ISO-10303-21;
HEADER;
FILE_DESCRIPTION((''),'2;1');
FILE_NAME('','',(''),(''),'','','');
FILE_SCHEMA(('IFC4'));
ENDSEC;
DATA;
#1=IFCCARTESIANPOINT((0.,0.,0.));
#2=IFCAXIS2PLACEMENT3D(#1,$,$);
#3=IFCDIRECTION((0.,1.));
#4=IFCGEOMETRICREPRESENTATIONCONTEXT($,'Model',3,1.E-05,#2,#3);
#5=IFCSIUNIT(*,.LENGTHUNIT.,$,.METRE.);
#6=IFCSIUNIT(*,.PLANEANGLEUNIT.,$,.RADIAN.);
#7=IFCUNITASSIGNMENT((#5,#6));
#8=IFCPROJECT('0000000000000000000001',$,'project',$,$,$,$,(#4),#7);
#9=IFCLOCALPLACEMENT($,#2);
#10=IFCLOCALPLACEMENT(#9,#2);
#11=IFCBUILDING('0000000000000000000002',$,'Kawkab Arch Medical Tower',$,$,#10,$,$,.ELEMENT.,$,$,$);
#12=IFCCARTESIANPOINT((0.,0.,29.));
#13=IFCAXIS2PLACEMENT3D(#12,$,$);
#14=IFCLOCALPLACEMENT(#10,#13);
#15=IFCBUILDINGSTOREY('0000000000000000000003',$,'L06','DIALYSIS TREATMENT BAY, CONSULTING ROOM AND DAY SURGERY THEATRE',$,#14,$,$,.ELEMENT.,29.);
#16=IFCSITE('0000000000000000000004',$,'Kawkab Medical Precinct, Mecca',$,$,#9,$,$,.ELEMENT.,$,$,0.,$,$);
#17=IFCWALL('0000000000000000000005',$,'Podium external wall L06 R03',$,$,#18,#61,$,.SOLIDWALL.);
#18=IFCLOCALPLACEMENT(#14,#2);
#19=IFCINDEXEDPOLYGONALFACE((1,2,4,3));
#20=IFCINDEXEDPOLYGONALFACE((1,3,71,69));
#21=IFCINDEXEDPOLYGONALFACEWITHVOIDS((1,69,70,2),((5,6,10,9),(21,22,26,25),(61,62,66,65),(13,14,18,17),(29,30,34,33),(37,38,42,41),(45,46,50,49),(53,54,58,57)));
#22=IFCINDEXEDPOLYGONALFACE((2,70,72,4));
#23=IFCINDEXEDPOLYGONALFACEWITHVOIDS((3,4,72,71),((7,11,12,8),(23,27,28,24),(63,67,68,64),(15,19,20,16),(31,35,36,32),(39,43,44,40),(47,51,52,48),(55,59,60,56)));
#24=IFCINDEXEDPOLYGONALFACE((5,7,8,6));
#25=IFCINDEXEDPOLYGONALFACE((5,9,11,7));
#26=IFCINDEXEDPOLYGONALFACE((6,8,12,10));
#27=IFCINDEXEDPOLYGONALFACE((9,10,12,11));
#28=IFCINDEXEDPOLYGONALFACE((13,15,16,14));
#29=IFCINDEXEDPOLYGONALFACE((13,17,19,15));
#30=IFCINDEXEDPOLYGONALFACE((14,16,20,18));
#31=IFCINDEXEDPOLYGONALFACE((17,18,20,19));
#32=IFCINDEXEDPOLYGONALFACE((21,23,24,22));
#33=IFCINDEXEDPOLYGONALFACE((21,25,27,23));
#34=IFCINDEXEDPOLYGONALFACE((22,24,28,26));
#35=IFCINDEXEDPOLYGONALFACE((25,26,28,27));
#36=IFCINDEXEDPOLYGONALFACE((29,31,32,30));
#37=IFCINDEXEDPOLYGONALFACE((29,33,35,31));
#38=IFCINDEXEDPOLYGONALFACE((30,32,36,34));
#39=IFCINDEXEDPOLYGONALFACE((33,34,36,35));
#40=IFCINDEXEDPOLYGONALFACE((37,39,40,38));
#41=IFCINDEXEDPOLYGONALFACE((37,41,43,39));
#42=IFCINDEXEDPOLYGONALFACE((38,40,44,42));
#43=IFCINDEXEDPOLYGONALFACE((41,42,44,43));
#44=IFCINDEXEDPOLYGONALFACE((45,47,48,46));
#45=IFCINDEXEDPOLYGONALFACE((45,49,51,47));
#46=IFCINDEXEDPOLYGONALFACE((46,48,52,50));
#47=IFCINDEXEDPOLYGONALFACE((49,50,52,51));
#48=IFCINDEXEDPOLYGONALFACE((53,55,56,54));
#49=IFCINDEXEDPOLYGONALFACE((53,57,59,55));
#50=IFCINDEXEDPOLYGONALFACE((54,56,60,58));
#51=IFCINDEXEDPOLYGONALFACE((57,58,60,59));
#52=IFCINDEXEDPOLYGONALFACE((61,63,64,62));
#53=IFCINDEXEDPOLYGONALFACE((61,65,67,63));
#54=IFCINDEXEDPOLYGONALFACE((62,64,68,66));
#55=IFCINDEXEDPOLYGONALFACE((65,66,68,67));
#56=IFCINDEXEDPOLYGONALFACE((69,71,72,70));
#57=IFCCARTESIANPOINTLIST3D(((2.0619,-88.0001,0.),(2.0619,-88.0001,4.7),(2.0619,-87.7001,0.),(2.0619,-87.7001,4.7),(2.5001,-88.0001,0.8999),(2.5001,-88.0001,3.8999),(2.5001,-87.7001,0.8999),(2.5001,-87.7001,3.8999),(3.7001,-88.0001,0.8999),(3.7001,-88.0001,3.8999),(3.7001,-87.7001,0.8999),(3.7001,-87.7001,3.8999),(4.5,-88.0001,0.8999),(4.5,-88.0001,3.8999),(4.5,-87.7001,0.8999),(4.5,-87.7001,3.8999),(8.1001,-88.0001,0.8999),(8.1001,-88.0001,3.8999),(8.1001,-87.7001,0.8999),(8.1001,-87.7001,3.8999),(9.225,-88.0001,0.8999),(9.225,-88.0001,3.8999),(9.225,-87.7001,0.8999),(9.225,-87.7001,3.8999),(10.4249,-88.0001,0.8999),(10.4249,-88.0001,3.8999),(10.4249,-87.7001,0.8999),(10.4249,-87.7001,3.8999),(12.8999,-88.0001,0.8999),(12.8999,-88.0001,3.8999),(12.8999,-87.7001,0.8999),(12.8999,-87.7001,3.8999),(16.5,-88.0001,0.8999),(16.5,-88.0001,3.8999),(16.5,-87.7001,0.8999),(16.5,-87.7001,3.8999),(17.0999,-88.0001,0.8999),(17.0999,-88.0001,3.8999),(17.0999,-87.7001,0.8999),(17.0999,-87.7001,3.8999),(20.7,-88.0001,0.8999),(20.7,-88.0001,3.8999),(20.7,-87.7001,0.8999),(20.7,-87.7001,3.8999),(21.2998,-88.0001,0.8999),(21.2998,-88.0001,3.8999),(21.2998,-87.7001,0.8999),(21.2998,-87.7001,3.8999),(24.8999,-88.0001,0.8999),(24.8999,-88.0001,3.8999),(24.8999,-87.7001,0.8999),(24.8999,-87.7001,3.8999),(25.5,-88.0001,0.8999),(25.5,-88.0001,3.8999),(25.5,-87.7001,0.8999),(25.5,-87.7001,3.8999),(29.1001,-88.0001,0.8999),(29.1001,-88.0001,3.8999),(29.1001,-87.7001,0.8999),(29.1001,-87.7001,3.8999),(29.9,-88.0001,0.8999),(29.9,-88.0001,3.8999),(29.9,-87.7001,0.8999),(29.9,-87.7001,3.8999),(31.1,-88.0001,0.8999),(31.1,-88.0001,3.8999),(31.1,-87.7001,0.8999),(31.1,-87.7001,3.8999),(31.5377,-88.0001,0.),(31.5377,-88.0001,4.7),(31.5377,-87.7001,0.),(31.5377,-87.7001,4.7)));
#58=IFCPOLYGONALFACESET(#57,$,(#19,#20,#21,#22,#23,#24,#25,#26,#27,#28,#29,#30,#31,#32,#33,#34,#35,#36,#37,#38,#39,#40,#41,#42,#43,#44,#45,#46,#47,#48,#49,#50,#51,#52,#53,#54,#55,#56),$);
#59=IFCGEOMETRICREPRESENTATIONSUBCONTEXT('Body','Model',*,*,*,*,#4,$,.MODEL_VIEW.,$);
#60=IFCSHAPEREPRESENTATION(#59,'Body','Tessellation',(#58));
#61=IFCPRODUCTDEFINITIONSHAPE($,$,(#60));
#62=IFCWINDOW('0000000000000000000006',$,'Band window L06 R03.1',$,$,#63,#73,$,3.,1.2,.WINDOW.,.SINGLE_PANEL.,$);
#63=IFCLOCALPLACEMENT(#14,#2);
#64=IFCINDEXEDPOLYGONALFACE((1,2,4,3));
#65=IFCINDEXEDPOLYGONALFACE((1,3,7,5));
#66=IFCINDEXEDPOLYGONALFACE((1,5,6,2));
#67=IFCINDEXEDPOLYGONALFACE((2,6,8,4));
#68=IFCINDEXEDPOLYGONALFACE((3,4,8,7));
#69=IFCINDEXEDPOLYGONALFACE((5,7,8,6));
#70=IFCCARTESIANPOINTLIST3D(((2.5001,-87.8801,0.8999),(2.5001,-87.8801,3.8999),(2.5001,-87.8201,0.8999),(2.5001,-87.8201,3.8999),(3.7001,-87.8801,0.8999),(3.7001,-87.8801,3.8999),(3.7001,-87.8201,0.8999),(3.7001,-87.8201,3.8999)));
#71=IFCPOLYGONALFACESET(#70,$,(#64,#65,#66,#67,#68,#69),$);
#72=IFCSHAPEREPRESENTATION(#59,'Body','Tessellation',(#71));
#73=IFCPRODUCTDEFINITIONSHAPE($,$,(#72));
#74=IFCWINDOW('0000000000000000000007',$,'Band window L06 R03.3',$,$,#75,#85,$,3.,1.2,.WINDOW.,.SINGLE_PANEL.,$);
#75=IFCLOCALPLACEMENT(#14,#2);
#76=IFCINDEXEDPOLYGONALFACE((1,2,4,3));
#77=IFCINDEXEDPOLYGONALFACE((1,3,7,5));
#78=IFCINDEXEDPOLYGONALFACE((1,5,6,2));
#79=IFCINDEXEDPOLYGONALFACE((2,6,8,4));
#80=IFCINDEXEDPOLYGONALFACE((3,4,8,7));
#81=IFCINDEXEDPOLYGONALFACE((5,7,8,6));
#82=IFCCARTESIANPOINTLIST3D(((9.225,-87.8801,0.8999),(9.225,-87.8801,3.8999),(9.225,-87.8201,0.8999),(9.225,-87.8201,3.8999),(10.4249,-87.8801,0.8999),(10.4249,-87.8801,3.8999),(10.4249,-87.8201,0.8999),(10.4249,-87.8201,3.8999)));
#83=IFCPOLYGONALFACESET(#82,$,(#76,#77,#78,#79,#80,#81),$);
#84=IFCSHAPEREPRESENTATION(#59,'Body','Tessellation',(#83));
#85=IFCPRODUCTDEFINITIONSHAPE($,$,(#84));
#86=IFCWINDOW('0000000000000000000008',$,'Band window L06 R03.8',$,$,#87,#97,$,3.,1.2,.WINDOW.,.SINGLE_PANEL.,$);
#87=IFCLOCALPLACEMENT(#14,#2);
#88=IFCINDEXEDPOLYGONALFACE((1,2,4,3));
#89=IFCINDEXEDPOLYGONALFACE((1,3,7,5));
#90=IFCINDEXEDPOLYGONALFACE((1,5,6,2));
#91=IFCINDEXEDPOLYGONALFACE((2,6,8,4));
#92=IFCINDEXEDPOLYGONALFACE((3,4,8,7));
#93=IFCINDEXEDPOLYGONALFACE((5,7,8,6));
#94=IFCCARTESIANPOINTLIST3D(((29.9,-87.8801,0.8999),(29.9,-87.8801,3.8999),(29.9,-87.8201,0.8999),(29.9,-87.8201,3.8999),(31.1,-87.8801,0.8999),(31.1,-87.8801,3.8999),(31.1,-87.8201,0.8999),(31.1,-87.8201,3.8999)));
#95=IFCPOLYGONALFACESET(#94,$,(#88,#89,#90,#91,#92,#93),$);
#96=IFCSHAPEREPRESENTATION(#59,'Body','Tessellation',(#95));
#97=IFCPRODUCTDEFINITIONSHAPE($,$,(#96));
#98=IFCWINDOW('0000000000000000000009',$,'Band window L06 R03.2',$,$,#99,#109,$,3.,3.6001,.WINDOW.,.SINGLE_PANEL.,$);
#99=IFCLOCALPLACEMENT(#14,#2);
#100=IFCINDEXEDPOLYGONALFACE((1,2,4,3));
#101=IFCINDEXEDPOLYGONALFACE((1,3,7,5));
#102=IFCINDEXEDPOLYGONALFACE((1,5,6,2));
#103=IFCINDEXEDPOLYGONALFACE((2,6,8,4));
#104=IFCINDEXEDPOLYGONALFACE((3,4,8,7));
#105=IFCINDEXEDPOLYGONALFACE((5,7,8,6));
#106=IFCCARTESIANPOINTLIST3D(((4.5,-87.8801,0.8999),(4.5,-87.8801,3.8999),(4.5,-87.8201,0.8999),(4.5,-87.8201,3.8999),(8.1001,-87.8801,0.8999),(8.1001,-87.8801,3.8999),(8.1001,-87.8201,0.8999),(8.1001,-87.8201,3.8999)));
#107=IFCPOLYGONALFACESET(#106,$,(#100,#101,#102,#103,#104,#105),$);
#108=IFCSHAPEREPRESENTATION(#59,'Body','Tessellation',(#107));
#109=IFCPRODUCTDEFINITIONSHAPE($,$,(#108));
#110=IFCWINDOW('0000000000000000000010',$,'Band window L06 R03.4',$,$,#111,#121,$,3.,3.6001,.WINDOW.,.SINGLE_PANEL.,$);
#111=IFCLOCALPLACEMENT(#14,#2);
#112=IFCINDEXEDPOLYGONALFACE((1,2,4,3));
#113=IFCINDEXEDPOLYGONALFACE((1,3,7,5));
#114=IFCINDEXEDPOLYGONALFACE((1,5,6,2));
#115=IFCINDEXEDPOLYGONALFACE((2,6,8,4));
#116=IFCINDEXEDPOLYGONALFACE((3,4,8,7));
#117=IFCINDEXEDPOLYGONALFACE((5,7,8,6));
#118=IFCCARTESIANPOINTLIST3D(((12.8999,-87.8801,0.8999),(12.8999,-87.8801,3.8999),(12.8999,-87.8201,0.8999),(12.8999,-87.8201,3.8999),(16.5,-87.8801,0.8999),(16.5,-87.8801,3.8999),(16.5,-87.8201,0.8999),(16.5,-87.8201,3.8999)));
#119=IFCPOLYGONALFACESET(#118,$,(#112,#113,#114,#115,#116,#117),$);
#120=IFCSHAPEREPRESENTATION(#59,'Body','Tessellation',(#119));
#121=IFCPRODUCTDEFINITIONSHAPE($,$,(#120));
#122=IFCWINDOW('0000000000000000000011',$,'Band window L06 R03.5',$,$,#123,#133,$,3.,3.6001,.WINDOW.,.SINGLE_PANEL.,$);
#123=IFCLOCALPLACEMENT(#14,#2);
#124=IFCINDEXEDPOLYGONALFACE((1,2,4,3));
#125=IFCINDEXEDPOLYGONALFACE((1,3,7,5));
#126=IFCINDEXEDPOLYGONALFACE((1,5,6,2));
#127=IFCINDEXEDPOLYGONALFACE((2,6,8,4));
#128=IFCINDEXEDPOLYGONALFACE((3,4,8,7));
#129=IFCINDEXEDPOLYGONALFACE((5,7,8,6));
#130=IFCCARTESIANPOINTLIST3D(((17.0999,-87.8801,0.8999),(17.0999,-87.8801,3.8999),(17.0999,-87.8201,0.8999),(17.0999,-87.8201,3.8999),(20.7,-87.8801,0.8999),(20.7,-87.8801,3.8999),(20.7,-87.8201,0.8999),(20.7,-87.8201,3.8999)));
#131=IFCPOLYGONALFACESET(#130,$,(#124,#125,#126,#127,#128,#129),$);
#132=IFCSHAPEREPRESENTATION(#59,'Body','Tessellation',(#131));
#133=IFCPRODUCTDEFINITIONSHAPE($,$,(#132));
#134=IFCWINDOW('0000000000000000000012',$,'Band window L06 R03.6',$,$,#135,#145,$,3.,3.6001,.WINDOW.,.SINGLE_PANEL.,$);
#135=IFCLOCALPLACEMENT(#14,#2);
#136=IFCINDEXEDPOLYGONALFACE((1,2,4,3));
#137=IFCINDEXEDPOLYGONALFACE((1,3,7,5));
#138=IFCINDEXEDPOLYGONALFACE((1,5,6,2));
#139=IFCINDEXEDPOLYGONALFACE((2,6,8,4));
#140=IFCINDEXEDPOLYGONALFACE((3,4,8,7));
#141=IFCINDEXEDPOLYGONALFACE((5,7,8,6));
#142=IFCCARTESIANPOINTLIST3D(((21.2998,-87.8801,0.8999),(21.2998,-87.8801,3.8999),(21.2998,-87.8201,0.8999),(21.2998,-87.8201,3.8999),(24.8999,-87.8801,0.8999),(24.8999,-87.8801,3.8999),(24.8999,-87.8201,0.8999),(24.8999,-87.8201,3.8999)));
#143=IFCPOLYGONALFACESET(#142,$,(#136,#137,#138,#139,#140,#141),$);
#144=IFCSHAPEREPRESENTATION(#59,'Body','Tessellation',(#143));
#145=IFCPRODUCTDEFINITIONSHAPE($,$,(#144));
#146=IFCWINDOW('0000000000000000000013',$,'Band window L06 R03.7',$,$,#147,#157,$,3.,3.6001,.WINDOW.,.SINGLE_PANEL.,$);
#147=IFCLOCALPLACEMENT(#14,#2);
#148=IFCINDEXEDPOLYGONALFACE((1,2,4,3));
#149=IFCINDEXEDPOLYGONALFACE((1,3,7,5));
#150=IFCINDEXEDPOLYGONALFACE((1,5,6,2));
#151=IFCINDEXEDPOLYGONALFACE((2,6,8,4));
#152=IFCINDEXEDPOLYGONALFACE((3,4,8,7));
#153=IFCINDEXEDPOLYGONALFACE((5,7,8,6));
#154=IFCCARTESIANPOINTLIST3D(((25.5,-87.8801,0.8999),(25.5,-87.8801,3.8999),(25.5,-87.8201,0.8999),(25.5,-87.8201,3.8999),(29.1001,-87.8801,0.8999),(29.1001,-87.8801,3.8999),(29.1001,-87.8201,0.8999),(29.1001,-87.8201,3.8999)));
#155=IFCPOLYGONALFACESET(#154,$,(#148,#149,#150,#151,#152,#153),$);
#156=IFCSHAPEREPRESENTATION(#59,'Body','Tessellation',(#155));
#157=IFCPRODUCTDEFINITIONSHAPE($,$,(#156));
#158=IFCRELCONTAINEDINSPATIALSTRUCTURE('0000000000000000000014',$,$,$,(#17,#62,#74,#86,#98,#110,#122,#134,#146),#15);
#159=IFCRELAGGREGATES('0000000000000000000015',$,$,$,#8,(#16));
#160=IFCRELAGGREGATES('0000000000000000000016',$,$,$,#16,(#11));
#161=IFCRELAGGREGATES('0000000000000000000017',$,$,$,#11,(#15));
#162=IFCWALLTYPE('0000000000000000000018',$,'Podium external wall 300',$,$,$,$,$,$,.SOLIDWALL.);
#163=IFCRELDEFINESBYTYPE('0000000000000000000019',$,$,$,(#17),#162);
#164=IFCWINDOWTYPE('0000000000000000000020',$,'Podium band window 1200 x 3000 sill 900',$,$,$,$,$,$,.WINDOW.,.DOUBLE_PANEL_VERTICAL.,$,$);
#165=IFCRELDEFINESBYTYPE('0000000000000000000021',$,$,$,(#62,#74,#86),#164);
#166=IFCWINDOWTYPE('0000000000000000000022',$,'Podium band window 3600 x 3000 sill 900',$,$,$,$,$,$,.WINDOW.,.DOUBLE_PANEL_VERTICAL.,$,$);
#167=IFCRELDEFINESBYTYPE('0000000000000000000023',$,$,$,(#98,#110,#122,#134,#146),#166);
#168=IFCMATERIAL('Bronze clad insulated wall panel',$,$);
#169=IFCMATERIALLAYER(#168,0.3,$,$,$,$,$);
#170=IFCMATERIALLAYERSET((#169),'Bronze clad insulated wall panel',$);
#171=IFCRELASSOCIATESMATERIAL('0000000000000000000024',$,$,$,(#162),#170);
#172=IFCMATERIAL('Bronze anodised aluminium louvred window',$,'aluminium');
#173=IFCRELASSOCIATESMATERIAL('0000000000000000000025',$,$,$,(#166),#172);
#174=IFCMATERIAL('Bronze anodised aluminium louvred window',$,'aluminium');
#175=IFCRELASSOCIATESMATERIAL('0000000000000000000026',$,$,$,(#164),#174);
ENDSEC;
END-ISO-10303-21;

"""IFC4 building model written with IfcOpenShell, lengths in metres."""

from ifc_helpers import new_model, si_unit, direction, frame, frame_2d, origin, place, context, subcontext, project, spatial, rectangle, extrude, material, layer, layer_set, type_object, element, fill, save


model = new_model("IFC4")

# Units and contexts
model_context = context("Model", 3, precision=1e-05, world=origin(), true_north=direction((0.0, 1.0)))
body_context = subcontext(model_context, "Body", "Model", "MODEL_VIEW")
ifc_project = project(units=[si_unit("LENGTHUNIT", "METRE"), si_unit("PLANEANGLEUNIT", "RADIAN")], contexts=[model_context])

# Site, building, storey
site_placement = place(None, origin())
site = spatial("IfcSite", under=ifc_project, at=site_placement, Name="Kawkab Medical Precinct, Mecca", CompositionType="ELEMENT", RefElevation=0.0)
building_placement = place(site_placement, origin())
building = spatial("IfcBuilding", under=site, at=building_placement, Name="Kawkab Arch Medical Tower", CompositionType="ELEMENT")
storey_placement = place(building_placement, frame((0.0, 0.0, 29.0)))
storey = spatial("IfcBuildingStorey", under=building, at=storey_placement, Name="L06", Description="DIALYSIS TREATMENT BAY, CONSULTING ROOM AND DAY SURGERY THEATRE", CompositionType="ELEMENT", Elevation=29.0)

# Wall, openings, windows
ifc_material_1 = material(Name="Bronze clad insulated wall panel")
ifc_layer_1 = layer(ifc_material_1, 0.3)
ifc_layer_set_1 = layer_set([ifc_layer_1], Name="Bronze clad insulated wall panel")
wall_type_1 = type_object("IfcWallType", Name="Podium external wall 300", PredefinedType="SOLIDWALL", material=ifc_layer_set_1)
ifc_material_2 = material(Name="Bronze anodised aluminium louvred window", Category="aluminium")
window_type_1 = type_object("IfcWindowType", Name="Podium band window 3600 x 3000 sill 900", PartitioningType="DOUBLE_PANEL_VERTICAL", PredefinedType="WINDOW", material=ifc_material_2)
wall_1_placement = place(storey_placement, frame((2.062, -87.8501, 0.0), z_axis=(0.0, 0.0, 1.0), x_axis=(1.0, 0.0, 0.0)))
wall_1 = element("IfcWall", 1, at=wall_1_placement, inside=storey, type_object=wall_type_1, Name="Podium external wall L06 R03", PredefinedType="SOLIDWALL", context=body_context, shape_type="SweptSolid", body=[
    extrude(rectangle(XDim=29.4758, YDim=0.3, at=frame_2d((14.7378, 0.0))), origin(), (0.0, 0.0, 1.0), 4.7),
])
opening_1_placement = place(wall_1_placement, frame((0.438, 0.0, 0.8999)))
opening_1 = element("IfcOpeningElement", 2, at=opening_1_placement, cuts=wall_1, PredefinedType="OPENING", context=body_context, shape_type="SweptSolid", body=[
    extrude(rectangle(XDim=1.2, YDim=3.0, at=frame_2d((0.6001, 1.5))), frame((0.0, 0.1599, 0.0), z_axis=(0.0, -1.0, 0.0), x_axis=(1.0, 0.0, 0.0)), (0.0, 0.0, 1.0), 0.3201),
])
opening_2_placement = place(wall_1_placement, frame((2.438, 0.0, 0.8999)))
opening_2 = element("IfcOpeningElement", 3, at=opening_2_placement, cuts=wall_1, PredefinedType="OPENING", context=body_context, shape_type="SweptSolid", body=[
    extrude(rectangle(XDim=3.6001, YDim=3.0, at=frame_2d((1.8, 1.5))), frame((0.0, 0.1599, 0.0), z_axis=(0.0, -1.0, 0.0), x_axis=(1.0, 0.0, 0.0)), (0.0, 0.0, 1.0), 0.3201),
])
opening_3_placement = place(wall_1_placement, frame((7.1628, 0.0, 0.8999)))
opening_3 = element("IfcOpeningElement", 4, at=opening_3_placement, cuts=wall_1, PredefinedType="OPENING", context=body_context, shape_type="SweptSolid", body=[
    extrude(rectangle(XDim=1.2, YDim=3.0, at=frame_2d((0.6001, 1.5))), frame((0.0, 0.1599, 0.0), z_axis=(0.0, -1.0, 0.0), x_axis=(1.0, 0.0, 0.0)), (0.0, 0.0, 1.0), 0.3201),
])
opening_4_placement = place(wall_1_placement, frame((10.8379, 0.0, 0.8999)))
opening_4 = element("IfcOpeningElement", 5, at=opening_4_placement, cuts=wall_1, PredefinedType="OPENING", context=body_context, shape_type="SweptSolid", body=[
    extrude(rectangle(XDim=3.6001, YDim=3.0, at=frame_2d((1.8, 1.5))), frame((0.0, 0.1599, 0.0), z_axis=(0.0, -1.0, 0.0), x_axis=(1.0, 0.0, 0.0)), (0.0, 0.0, 1.0), 0.3201),
])
opening_5_placement = place(wall_1_placement, frame((15.0378, 0.0, 0.8999)))
opening_5 = element("IfcOpeningElement", 6, at=opening_5_placement, cuts=wall_1, PredefinedType="OPENING", context=body_context, shape_type="SweptSolid", body=[
    extrude(rectangle(XDim=3.6001, YDim=3.0, at=frame_2d((1.8, 1.5))), frame((0.0, 0.1599, 0.0), z_axis=(0.0, -1.0, 0.0), x_axis=(1.0, 0.0, 0.0)), (0.0, 0.0, 1.0), 0.3201),
])
opening_6_placement = place(wall_1_placement, frame((19.2378, 0.0, 0.8999)))
opening_6 = element("IfcOpeningElement", 7, at=opening_6_placement, cuts=wall_1, PredefinedType="OPENING", context=body_context, shape_type="SweptSolid", body=[
    extrude(rectangle(XDim=3.6001, YDim=3.0, at=frame_2d((1.8, 1.5))), frame((0.0, 0.1599, 0.0), z_axis=(0.0, -1.0, 0.0), x_axis=(1.0, 0.0, 0.0)), (0.0, 0.0, 1.0), 0.3201),
])
opening_7_placement = place(wall_1_placement, frame((23.438, 0.0, 0.8999)))
opening_7 = element("IfcOpeningElement", 8, at=opening_7_placement, cuts=wall_1, PredefinedType="OPENING", context=body_context, shape_type="SweptSolid", body=[
    extrude(rectangle(XDim=3.6001, YDim=3.0, at=frame_2d((1.8, 1.5))), frame((0.0, 0.1599, 0.0), z_axis=(0.0, -1.0, 0.0), x_axis=(1.0, 0.0, 0.0)), (0.0, 0.0, 1.0), 0.3201),
])
opening_8_placement = place(wall_1_placement, frame((27.8379, 0.0, 0.8999)))
opening_8 = element("IfcOpeningElement", 9, at=opening_8_placement, cuts=wall_1, PredefinedType="OPENING", context=body_context, shape_type="SweptSolid", body=[
    extrude(rectangle(XDim=1.2, YDim=3.0, at=frame_2d((0.6001, 1.5))), frame((0.0, 0.1599, 0.0), z_axis=(0.0, -1.0, 0.0), x_axis=(1.0, 0.0, 0.0)), (0.0, 0.0, 1.0), 0.3201),
])
ifc_material_3 = material(Name="Bronze anodised aluminium louvred window", Category="aluminium")
window_type_2 = type_object("IfcWindowType", Name="Podium band window 1200 x 3000 sill 900", PartitioningType="DOUBLE_PANEL_VERTICAL", PredefinedType="WINDOW", material=ifc_material_3)
window_1_placement = place(opening_1_placement, origin())
window_1 = element("IfcWindow", 10, at=window_1_placement, inside=storey, type_object=window_type_2, Name="Band window L06 R03.1", OverallHeight=3.0, OverallWidth=1.2, PartitioningType="SINGLE_PANEL", PredefinedType="WINDOW", context=body_context, shape_type="SweptSolid", body=[
    extrude(rectangle(XDim=1.2, YDim=3.0, at=frame_2d((0.6001, 1.5))), frame((0.0, 0.03, 0.0), z_axis=(0.0, -1.0, 0.0), x_axis=(1.0, 0.0, 0.0)), (0.0, 0.0, 1.0), 0.0601),
])
fill(opening_1, window_1)
window_2_placement = place(opening_3_placement, origin())
window_2 = element("IfcWindow", 11, at=window_2_placement, inside=storey, type_object=window_type_2, Name="Band window L06 R03.3", OverallHeight=3.0, OverallWidth=1.2, PartitioningType="SINGLE_PANEL", PredefinedType="WINDOW", context=body_context, shape_type="SweptSolid", body=[
    extrude(rectangle(XDim=1.2, YDim=3.0, at=frame_2d((0.6001, 1.5))), frame((0.0, 0.03, 0.0), z_axis=(0.0, -1.0, 0.0), x_axis=(1.0, 0.0, 0.0)), (0.0, 0.0, 1.0), 0.0601),
])
fill(opening_3, window_2)
window_3_placement = place(opening_8_placement, origin())
window_3 = element("IfcWindow", 12, at=window_3_placement, inside=storey, type_object=window_type_2, Name="Band window L06 R03.8", OverallHeight=3.0, OverallWidth=1.2, PartitioningType="SINGLE_PANEL", PredefinedType="WINDOW", context=body_context, shape_type="SweptSolid", body=[
    extrude(rectangle(XDim=1.2, YDim=3.0, at=frame_2d((0.6001, 1.5))), frame((0.0, 0.03, 0.0), z_axis=(0.0, -1.0, 0.0), x_axis=(1.0, 0.0, 0.0)), (0.0, 0.0, 1.0), 0.0601),
])
fill(opening_8, window_3)
window_4_placement = place(opening_2_placement, origin())
window_4 = element("IfcWindow", 13, at=window_4_placement, inside=storey, type_object=window_type_1, Name="Band window L06 R03.2", OverallHeight=3.0, OverallWidth=3.6001, PartitioningType="SINGLE_PANEL", PredefinedType="WINDOW", context=body_context, shape_type="SweptSolid", body=[
    extrude(rectangle(XDim=3.6001, YDim=3.0, at=frame_2d((1.8, 1.5))), frame((0.0, 0.03, 0.0), z_axis=(0.0, -1.0, 0.0), x_axis=(1.0, 0.0, 0.0)), (0.0, 0.0, 1.0), 0.0601),
])
fill(opening_2, window_4)
window_5_placement = place(opening_4_placement, origin())
window_5 = element("IfcWindow", 14, at=window_5_placement, inside=storey, type_object=window_type_1, Name="Band window L06 R03.4", OverallHeight=3.0, OverallWidth=3.6001, PartitioningType="SINGLE_PANEL", PredefinedType="WINDOW", context=body_context, shape_type="SweptSolid", body=[
    extrude(rectangle(XDim=3.6001, YDim=3.0, at=frame_2d((1.8, 1.5))), frame((0.0, 0.03, 0.0), z_axis=(0.0, -1.0, 0.0), x_axis=(1.0, 0.0, 0.0)), (0.0, 0.0, 1.0), 0.0601),
])
fill(opening_4, window_5)
window_6_placement = place(opening_5_placement, origin())
window_6 = element("IfcWindow", 15, at=window_6_placement, inside=storey, type_object=window_type_1, Name="Band window L06 R03.5", OverallHeight=3.0, OverallWidth=3.6001, PartitioningType="SINGLE_PANEL", PredefinedType="WINDOW", context=body_context, shape_type="SweptSolid", body=[
    extrude(rectangle(XDim=3.6001, YDim=3.0, at=frame_2d((1.8, 1.5))), frame((0.0, 0.03, 0.0), z_axis=(0.0, -1.0, 0.0), x_axis=(1.0, 0.0, 0.0)), (0.0, 0.0, 1.0), 0.0601),
])
fill(opening_5, window_6)
window_7_placement = place(opening_6_placement, origin())
window_7 = element("IfcWindow", 16, at=window_7_placement, inside=storey, type_object=window_type_1, Name="Band window L06 R03.6", OverallHeight=3.0, OverallWidth=3.6001, PartitioningType="SINGLE_PANEL", PredefinedType="WINDOW", context=body_context, shape_type="SweptSolid", body=[
    extrude(rectangle(XDim=3.6001, YDim=3.0, at=frame_2d((1.8, 1.5))), frame((0.0, 0.03, 0.0), z_axis=(0.0, -1.0, 0.0), x_axis=(1.0, 0.0, 0.0)), (0.0, 0.0, 1.0), 0.0601),
])
fill(opening_6, window_7)
window_8_placement = place(opening_7_placement, origin())
window_8 = element("IfcWindow", 17, at=window_8_placement, inside=storey, type_object=window_type_1, Name="Band window L06 R03.7", OverallHeight=3.0, OverallWidth=3.6001, PartitioningType="SINGLE_PANEL", PredefinedType="WINDOW", context=body_context, shape_type="SweptSolid", body=[
    extrude(rectangle(XDim=3.6001, YDim=3.0, at=frame_2d((1.8, 1.5))), frame((0.0, 0.03, 0.0), z_axis=(0.0, -1.0, 0.0), x_axis=(1.0, 0.0, 0.0)), (0.0, 0.0, 1.0), 0.0601),
])
fill(opening_7, window_8)

save(model, "model.ifc")
